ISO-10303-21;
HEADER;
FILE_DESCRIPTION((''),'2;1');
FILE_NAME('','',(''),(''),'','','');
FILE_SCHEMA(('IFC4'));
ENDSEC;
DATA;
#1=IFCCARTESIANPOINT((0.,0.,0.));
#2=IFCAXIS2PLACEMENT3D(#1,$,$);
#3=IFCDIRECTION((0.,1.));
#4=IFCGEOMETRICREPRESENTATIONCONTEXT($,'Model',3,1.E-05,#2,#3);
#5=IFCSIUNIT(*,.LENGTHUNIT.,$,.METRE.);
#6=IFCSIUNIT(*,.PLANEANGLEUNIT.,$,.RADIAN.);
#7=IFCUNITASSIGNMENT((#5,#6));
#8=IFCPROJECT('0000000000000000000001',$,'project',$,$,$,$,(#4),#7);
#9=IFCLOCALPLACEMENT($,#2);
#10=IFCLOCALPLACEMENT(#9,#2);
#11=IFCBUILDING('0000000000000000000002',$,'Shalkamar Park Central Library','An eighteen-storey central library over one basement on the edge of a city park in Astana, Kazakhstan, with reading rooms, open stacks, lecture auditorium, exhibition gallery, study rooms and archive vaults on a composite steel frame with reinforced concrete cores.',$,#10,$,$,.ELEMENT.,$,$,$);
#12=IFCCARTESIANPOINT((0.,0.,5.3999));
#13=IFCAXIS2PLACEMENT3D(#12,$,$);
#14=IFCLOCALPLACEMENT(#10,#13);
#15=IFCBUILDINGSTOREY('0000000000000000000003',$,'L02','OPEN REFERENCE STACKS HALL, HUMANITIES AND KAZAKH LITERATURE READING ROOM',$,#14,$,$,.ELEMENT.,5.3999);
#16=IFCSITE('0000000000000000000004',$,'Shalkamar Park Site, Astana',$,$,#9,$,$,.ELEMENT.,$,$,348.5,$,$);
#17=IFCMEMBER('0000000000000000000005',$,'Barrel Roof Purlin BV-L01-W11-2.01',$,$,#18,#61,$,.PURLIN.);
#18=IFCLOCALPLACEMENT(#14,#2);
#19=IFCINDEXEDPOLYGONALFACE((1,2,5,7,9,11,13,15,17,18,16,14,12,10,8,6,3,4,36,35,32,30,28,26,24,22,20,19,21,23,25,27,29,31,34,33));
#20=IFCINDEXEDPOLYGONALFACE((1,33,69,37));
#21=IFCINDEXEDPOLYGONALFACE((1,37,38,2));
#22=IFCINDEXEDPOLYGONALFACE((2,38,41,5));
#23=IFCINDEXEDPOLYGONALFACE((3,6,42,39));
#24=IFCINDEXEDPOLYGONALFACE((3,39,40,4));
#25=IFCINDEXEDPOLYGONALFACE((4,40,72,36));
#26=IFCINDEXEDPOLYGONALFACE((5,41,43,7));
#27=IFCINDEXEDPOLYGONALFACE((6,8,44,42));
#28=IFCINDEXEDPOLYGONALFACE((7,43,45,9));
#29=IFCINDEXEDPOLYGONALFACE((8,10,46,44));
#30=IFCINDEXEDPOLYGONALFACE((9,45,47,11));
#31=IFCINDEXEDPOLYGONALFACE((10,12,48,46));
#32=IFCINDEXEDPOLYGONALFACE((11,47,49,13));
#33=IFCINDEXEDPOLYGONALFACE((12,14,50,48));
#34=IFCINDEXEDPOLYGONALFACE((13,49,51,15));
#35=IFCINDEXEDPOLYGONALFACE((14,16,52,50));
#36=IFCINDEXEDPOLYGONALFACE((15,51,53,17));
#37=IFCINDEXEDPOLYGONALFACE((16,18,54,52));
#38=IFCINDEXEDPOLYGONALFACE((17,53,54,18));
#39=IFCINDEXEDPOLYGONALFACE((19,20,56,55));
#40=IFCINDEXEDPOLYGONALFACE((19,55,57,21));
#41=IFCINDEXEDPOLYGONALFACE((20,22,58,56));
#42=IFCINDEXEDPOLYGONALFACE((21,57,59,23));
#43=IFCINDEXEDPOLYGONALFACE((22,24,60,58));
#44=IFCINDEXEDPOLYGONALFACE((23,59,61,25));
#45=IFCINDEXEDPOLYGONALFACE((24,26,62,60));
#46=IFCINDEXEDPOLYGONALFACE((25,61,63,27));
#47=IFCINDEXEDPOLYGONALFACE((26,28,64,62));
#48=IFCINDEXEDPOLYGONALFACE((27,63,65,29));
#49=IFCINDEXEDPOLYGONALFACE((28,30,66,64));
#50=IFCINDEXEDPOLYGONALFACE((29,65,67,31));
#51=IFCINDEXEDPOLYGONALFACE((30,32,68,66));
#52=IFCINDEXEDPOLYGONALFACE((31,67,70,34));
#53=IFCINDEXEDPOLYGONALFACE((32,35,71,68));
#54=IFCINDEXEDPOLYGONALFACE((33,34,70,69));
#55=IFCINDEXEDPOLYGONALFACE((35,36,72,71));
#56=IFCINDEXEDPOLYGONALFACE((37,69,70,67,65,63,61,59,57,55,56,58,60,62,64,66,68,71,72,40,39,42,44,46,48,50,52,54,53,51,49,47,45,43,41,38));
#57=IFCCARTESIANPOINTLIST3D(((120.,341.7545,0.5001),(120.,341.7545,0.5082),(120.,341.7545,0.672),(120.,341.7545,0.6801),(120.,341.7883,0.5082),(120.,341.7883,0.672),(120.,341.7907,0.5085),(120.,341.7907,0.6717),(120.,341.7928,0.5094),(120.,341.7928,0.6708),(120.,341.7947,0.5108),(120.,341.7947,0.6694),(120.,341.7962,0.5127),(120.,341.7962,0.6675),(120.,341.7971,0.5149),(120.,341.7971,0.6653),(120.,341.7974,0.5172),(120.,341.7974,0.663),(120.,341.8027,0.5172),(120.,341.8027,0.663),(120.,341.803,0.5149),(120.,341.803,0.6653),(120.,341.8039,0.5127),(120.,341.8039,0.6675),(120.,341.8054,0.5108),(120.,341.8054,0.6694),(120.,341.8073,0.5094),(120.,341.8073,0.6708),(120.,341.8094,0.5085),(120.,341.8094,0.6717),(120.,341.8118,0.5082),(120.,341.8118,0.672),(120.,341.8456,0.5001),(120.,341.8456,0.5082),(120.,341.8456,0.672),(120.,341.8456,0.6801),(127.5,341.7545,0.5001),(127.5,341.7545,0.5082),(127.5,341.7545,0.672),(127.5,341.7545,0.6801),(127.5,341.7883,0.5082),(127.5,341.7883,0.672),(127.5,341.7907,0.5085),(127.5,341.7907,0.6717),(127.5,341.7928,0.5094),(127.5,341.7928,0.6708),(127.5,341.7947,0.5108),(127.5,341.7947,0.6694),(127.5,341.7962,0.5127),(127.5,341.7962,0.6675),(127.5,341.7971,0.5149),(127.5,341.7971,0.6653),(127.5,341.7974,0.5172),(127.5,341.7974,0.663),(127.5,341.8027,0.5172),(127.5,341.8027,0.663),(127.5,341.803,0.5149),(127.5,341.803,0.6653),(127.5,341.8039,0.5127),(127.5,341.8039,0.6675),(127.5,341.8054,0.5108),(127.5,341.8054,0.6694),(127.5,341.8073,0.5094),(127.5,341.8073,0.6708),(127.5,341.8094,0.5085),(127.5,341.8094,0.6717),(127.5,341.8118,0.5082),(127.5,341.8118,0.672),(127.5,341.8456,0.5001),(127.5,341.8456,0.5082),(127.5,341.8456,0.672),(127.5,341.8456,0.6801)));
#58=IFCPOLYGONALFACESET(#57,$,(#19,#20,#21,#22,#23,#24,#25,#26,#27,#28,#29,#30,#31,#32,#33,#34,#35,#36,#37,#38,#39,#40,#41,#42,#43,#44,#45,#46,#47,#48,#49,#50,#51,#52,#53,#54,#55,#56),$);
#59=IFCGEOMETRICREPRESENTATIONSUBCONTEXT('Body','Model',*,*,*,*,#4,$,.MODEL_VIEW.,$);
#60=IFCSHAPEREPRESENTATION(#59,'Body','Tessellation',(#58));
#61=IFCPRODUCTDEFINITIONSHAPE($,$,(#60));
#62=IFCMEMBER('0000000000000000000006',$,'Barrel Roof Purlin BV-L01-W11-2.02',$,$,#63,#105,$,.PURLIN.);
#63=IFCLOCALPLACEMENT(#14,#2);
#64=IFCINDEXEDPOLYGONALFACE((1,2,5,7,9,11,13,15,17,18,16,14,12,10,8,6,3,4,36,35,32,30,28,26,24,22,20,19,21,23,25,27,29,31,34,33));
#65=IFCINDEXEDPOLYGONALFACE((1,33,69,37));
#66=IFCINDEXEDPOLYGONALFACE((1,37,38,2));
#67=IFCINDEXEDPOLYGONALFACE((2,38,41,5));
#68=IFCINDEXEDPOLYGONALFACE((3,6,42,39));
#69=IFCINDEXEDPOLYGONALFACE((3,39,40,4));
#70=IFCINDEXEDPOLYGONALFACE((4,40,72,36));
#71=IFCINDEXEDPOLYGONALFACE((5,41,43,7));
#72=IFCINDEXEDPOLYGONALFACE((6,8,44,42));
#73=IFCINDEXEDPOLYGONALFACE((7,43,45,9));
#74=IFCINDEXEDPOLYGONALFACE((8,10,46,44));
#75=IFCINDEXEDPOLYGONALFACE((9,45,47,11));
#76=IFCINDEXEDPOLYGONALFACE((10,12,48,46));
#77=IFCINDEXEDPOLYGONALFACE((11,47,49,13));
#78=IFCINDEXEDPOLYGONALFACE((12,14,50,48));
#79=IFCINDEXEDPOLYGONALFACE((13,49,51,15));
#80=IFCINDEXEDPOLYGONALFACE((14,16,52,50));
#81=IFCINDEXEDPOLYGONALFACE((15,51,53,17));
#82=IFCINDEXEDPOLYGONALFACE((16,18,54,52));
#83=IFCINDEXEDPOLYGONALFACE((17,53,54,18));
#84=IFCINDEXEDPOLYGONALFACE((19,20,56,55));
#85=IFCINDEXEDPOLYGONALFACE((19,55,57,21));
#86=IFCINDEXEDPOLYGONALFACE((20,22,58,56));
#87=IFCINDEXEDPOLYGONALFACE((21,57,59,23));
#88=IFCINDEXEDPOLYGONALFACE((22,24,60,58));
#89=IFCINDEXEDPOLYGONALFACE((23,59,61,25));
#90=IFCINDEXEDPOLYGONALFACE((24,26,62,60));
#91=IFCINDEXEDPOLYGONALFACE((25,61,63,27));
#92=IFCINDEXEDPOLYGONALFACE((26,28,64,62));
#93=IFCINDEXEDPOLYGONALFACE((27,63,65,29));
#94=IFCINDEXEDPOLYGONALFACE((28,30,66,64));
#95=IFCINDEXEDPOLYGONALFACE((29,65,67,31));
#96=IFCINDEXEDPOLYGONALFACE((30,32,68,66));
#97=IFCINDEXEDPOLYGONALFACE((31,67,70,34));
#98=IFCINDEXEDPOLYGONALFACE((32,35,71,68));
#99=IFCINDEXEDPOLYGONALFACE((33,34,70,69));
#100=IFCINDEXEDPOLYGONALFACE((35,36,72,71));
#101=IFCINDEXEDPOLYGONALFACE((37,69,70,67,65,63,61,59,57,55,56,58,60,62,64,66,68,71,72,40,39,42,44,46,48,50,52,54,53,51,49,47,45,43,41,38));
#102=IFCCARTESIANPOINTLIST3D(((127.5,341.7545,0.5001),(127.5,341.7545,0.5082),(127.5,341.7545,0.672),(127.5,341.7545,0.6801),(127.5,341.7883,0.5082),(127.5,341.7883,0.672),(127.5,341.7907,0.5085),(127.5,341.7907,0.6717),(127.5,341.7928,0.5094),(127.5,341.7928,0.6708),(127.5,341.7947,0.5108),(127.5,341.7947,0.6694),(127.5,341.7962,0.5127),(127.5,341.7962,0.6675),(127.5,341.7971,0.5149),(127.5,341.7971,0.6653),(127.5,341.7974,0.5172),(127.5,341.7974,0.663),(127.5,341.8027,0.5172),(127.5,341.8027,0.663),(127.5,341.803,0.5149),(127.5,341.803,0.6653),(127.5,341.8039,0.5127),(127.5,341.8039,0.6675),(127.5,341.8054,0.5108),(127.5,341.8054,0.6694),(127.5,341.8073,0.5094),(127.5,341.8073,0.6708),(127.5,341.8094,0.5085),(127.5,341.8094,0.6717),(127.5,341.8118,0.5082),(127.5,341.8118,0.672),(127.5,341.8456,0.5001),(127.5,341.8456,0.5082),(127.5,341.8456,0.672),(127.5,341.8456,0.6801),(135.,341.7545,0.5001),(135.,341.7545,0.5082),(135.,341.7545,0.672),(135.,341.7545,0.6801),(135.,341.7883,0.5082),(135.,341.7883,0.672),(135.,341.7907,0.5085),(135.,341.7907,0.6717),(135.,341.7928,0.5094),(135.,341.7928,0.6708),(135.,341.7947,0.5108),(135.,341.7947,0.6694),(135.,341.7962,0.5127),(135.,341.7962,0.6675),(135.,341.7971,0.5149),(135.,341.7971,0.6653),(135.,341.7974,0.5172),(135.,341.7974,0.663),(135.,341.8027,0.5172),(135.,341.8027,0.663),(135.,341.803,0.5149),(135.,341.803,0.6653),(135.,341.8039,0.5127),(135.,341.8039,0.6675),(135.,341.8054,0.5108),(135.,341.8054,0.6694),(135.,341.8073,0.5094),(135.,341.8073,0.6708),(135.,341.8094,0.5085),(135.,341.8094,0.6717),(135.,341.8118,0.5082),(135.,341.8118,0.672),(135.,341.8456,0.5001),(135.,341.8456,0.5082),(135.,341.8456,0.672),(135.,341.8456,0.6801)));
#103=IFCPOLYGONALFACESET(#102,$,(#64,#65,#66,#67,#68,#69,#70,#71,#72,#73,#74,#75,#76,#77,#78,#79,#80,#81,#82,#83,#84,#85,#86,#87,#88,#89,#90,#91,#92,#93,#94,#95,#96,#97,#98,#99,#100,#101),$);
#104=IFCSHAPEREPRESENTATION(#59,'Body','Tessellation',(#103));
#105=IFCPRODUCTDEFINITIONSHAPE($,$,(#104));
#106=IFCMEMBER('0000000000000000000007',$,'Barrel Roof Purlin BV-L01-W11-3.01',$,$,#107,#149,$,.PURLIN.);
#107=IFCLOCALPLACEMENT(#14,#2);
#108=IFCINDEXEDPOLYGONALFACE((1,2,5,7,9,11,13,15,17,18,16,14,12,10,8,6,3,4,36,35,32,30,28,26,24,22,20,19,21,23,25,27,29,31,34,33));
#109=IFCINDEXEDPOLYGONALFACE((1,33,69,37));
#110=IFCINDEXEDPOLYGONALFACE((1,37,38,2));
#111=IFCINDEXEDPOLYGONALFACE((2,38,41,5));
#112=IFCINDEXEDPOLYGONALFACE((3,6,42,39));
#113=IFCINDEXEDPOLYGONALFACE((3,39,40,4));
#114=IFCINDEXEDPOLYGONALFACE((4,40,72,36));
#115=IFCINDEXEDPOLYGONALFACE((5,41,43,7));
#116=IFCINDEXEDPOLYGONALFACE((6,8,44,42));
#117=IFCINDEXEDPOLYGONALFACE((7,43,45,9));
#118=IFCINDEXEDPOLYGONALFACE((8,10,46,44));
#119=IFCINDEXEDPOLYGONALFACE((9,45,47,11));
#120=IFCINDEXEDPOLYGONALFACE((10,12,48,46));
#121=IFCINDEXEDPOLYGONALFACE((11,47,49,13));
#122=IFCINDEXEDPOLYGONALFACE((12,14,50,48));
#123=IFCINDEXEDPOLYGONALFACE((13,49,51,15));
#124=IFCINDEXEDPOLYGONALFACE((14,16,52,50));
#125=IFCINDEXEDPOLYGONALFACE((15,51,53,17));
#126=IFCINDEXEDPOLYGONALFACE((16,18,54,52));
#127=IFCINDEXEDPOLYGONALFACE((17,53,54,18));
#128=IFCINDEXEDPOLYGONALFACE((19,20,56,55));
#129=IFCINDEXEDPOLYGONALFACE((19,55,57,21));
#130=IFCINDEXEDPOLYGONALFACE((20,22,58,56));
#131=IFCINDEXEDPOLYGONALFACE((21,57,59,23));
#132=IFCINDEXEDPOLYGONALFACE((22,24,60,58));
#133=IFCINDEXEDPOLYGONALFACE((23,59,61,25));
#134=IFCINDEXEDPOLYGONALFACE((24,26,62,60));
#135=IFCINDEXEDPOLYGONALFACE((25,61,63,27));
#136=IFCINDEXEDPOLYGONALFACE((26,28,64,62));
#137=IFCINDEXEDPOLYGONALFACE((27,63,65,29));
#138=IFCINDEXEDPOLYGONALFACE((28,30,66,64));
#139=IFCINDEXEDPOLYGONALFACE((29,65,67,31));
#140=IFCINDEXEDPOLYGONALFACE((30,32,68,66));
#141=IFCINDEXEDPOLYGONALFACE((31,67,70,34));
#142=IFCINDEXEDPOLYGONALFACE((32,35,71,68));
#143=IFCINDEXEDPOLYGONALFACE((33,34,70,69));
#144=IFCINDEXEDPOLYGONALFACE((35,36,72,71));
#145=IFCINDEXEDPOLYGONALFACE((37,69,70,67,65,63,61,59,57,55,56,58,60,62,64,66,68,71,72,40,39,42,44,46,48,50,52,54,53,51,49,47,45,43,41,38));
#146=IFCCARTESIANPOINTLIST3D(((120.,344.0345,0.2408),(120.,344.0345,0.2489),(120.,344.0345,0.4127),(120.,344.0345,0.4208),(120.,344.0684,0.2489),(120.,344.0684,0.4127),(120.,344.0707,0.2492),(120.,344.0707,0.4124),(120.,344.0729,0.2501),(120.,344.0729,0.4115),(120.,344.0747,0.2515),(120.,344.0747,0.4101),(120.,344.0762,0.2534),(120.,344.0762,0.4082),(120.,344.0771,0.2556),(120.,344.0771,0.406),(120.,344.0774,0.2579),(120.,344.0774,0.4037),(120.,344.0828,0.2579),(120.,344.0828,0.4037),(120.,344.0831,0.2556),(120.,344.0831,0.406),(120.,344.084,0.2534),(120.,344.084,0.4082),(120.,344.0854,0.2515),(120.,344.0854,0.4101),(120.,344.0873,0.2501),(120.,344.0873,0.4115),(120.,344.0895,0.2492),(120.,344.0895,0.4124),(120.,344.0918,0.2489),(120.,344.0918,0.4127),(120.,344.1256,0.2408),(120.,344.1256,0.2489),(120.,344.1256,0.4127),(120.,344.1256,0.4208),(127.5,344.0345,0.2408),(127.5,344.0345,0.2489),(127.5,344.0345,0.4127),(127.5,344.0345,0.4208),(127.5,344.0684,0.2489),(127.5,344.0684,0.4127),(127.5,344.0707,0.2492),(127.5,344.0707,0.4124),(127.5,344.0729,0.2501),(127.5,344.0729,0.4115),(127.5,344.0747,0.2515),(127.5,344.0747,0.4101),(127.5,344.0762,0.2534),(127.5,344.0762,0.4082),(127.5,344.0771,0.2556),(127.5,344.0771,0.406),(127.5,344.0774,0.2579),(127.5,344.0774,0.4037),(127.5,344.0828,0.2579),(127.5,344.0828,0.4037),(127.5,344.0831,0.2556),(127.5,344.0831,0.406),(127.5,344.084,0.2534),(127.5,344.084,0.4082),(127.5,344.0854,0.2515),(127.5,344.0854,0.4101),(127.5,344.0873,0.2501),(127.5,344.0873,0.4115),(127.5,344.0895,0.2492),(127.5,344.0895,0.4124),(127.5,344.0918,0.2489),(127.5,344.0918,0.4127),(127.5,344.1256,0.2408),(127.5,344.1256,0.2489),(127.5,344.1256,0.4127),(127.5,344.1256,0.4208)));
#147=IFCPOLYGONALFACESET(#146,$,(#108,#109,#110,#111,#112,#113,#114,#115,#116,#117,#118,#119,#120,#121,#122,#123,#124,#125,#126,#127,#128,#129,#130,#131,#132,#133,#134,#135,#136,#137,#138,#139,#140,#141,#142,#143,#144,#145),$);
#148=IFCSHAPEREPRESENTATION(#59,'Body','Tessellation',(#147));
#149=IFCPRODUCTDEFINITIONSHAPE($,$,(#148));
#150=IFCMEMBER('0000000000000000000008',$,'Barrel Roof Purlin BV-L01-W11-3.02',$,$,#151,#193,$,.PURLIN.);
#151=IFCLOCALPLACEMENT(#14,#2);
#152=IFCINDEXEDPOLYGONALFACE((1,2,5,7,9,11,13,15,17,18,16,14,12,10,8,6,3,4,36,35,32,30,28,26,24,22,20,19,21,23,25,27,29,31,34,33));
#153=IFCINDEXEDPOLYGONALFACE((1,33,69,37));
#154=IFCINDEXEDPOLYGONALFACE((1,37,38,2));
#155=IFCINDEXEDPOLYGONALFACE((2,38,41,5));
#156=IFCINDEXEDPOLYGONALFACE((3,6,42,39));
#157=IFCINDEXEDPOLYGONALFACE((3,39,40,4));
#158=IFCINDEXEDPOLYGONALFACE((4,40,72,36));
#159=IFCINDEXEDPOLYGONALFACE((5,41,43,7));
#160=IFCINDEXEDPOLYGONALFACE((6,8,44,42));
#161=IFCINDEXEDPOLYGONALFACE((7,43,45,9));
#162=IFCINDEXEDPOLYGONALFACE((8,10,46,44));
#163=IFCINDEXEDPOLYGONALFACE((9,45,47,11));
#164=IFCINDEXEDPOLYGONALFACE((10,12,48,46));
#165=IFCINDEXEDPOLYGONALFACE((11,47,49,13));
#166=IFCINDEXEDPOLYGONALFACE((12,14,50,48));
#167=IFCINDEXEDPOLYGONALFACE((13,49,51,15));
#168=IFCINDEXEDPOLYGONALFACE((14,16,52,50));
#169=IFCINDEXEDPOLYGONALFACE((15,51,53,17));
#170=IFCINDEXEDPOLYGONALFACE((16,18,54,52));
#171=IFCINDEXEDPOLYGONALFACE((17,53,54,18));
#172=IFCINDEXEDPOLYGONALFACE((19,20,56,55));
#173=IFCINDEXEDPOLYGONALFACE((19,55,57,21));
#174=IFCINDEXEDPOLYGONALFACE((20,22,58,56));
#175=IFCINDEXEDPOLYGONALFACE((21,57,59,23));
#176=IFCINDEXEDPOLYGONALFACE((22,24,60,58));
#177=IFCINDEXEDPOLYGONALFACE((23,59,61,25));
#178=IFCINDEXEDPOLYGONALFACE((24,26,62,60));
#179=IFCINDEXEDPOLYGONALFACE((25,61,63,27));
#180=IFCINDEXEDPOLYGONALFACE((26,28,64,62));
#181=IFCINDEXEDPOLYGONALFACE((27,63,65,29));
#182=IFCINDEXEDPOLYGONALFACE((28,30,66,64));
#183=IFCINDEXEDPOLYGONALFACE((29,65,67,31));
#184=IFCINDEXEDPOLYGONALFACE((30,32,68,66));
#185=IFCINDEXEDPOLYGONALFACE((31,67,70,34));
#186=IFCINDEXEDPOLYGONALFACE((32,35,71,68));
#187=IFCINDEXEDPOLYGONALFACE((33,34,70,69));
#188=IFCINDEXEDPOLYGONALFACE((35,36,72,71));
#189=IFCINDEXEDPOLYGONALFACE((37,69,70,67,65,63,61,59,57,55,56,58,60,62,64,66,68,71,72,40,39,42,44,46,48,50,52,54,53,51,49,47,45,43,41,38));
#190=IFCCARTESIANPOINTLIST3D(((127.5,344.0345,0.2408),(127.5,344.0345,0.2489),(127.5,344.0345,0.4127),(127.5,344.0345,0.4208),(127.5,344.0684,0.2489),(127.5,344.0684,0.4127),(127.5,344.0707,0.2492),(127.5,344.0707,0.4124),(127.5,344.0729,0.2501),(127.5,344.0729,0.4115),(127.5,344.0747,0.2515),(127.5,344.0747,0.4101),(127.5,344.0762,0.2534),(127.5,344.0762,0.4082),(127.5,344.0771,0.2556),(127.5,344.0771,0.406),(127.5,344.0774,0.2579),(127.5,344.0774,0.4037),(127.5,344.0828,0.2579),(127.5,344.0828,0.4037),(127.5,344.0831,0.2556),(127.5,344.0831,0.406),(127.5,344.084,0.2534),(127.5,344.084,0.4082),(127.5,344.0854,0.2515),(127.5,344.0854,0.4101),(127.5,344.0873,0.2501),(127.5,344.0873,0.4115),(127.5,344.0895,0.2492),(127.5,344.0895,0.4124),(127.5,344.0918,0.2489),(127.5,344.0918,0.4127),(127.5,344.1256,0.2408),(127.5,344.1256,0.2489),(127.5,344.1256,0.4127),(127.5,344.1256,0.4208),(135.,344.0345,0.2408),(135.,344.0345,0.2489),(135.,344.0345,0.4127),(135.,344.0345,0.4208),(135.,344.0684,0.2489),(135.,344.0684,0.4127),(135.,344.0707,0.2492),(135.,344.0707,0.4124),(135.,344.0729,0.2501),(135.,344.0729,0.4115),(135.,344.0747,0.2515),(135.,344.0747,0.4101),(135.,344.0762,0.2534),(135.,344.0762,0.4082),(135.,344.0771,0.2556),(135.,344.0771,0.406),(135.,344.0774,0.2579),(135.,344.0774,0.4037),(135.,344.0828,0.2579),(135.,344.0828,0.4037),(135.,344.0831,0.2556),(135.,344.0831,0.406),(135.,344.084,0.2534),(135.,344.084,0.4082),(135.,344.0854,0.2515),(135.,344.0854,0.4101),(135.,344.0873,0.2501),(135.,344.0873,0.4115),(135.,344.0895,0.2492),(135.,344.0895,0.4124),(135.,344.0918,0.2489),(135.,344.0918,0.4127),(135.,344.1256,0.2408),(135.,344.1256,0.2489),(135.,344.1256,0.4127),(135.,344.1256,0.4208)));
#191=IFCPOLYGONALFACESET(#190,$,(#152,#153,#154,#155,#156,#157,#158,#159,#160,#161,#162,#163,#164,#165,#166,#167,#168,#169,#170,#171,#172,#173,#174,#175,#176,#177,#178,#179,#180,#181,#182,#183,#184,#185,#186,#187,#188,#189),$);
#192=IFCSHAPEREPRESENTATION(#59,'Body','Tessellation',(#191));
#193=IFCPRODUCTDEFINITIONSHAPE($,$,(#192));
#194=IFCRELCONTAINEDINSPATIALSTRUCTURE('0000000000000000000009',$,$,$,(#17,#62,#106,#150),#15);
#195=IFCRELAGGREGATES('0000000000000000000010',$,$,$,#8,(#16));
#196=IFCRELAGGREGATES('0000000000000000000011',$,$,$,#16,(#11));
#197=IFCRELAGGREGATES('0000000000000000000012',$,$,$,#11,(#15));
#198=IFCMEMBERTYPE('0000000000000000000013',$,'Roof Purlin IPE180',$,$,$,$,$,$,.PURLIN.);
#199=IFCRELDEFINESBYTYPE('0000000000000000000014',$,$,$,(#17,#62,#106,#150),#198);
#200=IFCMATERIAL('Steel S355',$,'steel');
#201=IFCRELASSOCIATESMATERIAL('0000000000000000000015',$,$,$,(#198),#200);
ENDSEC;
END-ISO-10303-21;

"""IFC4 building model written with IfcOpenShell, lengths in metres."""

from ifc_helpers import new_model, si_unit, direction, frame, origin, origin_2d, place, context, subcontext, project, spatial, i_section, extrude, material, material_profile, profile_set, type_object, element, save


model = new_model("IFC4")

# Units and contexts
model_context = context("Model", 3, precision=1e-05, world=origin(), true_north=direction((0.0, 1.0)))
body_context = subcontext(model_context, "Body", "Model", "MODEL_VIEW")
ifc_project = project(units=[si_unit("LENGTHUNIT", "METRE"), si_unit("PLANEANGLEUNIT", "RADIAN")], contexts=[model_context])

# Site, building, storey
site_placement = place(None, origin())
site = spatial("IfcSite", under=ifc_project, at=site_placement, Name="Shalkamar Park Site, Astana", CompositionType="ELEMENT", RefElevation=348.5)
building_placement = place(site_placement, origin())
building = spatial("IfcBuilding", under=site, at=building_placement, Name="Shalkamar Park Central Library", Description="An eighteen-storey central library over one basement on the edge of a city park in Astana, Kazakhstan, with reading rooms, open stacks, lecture auditorium, exhibition gallery, study rooms and archive vaults on a composite steel frame with reinforced concrete cores.", CompositionType="ELEMENT")
storey_placement = place(building_placement, frame((0.0, 0.0, 5.3999)))
storey = spatial("IfcBuildingStorey", under=building, at=storey_placement, Name="L02", Description="OPEN REFERENCE STACKS HALL, HUMANITIES AND KAZAKH LITERATURE READING ROOM", CompositionType="ELEMENT", Elevation=5.3999)

# Members
ifc_material_1 = material(Name="Steel S355", Category="steel")
ifc_material_profile_1 = material_profile(ifc_material_1, i_section(OverallWidth=0.0911, OverallDepth=0.1799, WebThickness=0.0054, FlangeThickness=0.0081, FilletRadius=0.009, at=origin_2d()), Name="IPE 180")
ifc_profile_set_1 = profile_set([ifc_material_profile_1], Name="Steel S355")
member_type_1 = type_object("IfcMemberType", Name="Roof Purlin IPE180", PredefinedType="PURLIN", material=ifc_profile_set_1)
for number, where, z_axis, x_axis, name in (
    (1, (120.0, 341.8, 0.5901), (1.0, 0.0, 0.0), (0.0, 1.0, 0.0), "Barrel Roof Purlin BV-L01-W11-2.01"),
    (2, (127.5, 341.8, 0.5901), (1.0, 0.0, 0.0), (0.0, 1.0, 0.0), "Barrel Roof Purlin BV-L01-W11-2.02"),
    (3, (120.0, 344.0801, 0.3308), (1.0, 0.0, 0.0), (0.0, 1.0, 0.0), "Barrel Roof Purlin BV-L01-W11-3.01"),
    (4, (127.5, 344.0801, 0.3308), (1.0, 0.0, 0.0), (0.0, 1.0, 0.0), "Barrel Roof Purlin BV-L01-W11-3.02"),
):
    element("IfcMember", number, at=place(storey_placement, frame(where, z_axis=z_axis, x_axis=x_axis)), inside=storey, type_object=member_type_1, Name=name, PredefinedType="PURLIN", context=body_context, shape_type="SweptSolid", body=[
        extrude(i_section(OverallWidth=0.0911, OverallDepth=0.1799, WebThickness=0.0054, FlangeThickness=0.0081, FilletRadius=0.009, at=origin_2d()), origin(), (0.0, 0.0, 1.0), 7.5),
    ])

save(model, "model.ifc")
